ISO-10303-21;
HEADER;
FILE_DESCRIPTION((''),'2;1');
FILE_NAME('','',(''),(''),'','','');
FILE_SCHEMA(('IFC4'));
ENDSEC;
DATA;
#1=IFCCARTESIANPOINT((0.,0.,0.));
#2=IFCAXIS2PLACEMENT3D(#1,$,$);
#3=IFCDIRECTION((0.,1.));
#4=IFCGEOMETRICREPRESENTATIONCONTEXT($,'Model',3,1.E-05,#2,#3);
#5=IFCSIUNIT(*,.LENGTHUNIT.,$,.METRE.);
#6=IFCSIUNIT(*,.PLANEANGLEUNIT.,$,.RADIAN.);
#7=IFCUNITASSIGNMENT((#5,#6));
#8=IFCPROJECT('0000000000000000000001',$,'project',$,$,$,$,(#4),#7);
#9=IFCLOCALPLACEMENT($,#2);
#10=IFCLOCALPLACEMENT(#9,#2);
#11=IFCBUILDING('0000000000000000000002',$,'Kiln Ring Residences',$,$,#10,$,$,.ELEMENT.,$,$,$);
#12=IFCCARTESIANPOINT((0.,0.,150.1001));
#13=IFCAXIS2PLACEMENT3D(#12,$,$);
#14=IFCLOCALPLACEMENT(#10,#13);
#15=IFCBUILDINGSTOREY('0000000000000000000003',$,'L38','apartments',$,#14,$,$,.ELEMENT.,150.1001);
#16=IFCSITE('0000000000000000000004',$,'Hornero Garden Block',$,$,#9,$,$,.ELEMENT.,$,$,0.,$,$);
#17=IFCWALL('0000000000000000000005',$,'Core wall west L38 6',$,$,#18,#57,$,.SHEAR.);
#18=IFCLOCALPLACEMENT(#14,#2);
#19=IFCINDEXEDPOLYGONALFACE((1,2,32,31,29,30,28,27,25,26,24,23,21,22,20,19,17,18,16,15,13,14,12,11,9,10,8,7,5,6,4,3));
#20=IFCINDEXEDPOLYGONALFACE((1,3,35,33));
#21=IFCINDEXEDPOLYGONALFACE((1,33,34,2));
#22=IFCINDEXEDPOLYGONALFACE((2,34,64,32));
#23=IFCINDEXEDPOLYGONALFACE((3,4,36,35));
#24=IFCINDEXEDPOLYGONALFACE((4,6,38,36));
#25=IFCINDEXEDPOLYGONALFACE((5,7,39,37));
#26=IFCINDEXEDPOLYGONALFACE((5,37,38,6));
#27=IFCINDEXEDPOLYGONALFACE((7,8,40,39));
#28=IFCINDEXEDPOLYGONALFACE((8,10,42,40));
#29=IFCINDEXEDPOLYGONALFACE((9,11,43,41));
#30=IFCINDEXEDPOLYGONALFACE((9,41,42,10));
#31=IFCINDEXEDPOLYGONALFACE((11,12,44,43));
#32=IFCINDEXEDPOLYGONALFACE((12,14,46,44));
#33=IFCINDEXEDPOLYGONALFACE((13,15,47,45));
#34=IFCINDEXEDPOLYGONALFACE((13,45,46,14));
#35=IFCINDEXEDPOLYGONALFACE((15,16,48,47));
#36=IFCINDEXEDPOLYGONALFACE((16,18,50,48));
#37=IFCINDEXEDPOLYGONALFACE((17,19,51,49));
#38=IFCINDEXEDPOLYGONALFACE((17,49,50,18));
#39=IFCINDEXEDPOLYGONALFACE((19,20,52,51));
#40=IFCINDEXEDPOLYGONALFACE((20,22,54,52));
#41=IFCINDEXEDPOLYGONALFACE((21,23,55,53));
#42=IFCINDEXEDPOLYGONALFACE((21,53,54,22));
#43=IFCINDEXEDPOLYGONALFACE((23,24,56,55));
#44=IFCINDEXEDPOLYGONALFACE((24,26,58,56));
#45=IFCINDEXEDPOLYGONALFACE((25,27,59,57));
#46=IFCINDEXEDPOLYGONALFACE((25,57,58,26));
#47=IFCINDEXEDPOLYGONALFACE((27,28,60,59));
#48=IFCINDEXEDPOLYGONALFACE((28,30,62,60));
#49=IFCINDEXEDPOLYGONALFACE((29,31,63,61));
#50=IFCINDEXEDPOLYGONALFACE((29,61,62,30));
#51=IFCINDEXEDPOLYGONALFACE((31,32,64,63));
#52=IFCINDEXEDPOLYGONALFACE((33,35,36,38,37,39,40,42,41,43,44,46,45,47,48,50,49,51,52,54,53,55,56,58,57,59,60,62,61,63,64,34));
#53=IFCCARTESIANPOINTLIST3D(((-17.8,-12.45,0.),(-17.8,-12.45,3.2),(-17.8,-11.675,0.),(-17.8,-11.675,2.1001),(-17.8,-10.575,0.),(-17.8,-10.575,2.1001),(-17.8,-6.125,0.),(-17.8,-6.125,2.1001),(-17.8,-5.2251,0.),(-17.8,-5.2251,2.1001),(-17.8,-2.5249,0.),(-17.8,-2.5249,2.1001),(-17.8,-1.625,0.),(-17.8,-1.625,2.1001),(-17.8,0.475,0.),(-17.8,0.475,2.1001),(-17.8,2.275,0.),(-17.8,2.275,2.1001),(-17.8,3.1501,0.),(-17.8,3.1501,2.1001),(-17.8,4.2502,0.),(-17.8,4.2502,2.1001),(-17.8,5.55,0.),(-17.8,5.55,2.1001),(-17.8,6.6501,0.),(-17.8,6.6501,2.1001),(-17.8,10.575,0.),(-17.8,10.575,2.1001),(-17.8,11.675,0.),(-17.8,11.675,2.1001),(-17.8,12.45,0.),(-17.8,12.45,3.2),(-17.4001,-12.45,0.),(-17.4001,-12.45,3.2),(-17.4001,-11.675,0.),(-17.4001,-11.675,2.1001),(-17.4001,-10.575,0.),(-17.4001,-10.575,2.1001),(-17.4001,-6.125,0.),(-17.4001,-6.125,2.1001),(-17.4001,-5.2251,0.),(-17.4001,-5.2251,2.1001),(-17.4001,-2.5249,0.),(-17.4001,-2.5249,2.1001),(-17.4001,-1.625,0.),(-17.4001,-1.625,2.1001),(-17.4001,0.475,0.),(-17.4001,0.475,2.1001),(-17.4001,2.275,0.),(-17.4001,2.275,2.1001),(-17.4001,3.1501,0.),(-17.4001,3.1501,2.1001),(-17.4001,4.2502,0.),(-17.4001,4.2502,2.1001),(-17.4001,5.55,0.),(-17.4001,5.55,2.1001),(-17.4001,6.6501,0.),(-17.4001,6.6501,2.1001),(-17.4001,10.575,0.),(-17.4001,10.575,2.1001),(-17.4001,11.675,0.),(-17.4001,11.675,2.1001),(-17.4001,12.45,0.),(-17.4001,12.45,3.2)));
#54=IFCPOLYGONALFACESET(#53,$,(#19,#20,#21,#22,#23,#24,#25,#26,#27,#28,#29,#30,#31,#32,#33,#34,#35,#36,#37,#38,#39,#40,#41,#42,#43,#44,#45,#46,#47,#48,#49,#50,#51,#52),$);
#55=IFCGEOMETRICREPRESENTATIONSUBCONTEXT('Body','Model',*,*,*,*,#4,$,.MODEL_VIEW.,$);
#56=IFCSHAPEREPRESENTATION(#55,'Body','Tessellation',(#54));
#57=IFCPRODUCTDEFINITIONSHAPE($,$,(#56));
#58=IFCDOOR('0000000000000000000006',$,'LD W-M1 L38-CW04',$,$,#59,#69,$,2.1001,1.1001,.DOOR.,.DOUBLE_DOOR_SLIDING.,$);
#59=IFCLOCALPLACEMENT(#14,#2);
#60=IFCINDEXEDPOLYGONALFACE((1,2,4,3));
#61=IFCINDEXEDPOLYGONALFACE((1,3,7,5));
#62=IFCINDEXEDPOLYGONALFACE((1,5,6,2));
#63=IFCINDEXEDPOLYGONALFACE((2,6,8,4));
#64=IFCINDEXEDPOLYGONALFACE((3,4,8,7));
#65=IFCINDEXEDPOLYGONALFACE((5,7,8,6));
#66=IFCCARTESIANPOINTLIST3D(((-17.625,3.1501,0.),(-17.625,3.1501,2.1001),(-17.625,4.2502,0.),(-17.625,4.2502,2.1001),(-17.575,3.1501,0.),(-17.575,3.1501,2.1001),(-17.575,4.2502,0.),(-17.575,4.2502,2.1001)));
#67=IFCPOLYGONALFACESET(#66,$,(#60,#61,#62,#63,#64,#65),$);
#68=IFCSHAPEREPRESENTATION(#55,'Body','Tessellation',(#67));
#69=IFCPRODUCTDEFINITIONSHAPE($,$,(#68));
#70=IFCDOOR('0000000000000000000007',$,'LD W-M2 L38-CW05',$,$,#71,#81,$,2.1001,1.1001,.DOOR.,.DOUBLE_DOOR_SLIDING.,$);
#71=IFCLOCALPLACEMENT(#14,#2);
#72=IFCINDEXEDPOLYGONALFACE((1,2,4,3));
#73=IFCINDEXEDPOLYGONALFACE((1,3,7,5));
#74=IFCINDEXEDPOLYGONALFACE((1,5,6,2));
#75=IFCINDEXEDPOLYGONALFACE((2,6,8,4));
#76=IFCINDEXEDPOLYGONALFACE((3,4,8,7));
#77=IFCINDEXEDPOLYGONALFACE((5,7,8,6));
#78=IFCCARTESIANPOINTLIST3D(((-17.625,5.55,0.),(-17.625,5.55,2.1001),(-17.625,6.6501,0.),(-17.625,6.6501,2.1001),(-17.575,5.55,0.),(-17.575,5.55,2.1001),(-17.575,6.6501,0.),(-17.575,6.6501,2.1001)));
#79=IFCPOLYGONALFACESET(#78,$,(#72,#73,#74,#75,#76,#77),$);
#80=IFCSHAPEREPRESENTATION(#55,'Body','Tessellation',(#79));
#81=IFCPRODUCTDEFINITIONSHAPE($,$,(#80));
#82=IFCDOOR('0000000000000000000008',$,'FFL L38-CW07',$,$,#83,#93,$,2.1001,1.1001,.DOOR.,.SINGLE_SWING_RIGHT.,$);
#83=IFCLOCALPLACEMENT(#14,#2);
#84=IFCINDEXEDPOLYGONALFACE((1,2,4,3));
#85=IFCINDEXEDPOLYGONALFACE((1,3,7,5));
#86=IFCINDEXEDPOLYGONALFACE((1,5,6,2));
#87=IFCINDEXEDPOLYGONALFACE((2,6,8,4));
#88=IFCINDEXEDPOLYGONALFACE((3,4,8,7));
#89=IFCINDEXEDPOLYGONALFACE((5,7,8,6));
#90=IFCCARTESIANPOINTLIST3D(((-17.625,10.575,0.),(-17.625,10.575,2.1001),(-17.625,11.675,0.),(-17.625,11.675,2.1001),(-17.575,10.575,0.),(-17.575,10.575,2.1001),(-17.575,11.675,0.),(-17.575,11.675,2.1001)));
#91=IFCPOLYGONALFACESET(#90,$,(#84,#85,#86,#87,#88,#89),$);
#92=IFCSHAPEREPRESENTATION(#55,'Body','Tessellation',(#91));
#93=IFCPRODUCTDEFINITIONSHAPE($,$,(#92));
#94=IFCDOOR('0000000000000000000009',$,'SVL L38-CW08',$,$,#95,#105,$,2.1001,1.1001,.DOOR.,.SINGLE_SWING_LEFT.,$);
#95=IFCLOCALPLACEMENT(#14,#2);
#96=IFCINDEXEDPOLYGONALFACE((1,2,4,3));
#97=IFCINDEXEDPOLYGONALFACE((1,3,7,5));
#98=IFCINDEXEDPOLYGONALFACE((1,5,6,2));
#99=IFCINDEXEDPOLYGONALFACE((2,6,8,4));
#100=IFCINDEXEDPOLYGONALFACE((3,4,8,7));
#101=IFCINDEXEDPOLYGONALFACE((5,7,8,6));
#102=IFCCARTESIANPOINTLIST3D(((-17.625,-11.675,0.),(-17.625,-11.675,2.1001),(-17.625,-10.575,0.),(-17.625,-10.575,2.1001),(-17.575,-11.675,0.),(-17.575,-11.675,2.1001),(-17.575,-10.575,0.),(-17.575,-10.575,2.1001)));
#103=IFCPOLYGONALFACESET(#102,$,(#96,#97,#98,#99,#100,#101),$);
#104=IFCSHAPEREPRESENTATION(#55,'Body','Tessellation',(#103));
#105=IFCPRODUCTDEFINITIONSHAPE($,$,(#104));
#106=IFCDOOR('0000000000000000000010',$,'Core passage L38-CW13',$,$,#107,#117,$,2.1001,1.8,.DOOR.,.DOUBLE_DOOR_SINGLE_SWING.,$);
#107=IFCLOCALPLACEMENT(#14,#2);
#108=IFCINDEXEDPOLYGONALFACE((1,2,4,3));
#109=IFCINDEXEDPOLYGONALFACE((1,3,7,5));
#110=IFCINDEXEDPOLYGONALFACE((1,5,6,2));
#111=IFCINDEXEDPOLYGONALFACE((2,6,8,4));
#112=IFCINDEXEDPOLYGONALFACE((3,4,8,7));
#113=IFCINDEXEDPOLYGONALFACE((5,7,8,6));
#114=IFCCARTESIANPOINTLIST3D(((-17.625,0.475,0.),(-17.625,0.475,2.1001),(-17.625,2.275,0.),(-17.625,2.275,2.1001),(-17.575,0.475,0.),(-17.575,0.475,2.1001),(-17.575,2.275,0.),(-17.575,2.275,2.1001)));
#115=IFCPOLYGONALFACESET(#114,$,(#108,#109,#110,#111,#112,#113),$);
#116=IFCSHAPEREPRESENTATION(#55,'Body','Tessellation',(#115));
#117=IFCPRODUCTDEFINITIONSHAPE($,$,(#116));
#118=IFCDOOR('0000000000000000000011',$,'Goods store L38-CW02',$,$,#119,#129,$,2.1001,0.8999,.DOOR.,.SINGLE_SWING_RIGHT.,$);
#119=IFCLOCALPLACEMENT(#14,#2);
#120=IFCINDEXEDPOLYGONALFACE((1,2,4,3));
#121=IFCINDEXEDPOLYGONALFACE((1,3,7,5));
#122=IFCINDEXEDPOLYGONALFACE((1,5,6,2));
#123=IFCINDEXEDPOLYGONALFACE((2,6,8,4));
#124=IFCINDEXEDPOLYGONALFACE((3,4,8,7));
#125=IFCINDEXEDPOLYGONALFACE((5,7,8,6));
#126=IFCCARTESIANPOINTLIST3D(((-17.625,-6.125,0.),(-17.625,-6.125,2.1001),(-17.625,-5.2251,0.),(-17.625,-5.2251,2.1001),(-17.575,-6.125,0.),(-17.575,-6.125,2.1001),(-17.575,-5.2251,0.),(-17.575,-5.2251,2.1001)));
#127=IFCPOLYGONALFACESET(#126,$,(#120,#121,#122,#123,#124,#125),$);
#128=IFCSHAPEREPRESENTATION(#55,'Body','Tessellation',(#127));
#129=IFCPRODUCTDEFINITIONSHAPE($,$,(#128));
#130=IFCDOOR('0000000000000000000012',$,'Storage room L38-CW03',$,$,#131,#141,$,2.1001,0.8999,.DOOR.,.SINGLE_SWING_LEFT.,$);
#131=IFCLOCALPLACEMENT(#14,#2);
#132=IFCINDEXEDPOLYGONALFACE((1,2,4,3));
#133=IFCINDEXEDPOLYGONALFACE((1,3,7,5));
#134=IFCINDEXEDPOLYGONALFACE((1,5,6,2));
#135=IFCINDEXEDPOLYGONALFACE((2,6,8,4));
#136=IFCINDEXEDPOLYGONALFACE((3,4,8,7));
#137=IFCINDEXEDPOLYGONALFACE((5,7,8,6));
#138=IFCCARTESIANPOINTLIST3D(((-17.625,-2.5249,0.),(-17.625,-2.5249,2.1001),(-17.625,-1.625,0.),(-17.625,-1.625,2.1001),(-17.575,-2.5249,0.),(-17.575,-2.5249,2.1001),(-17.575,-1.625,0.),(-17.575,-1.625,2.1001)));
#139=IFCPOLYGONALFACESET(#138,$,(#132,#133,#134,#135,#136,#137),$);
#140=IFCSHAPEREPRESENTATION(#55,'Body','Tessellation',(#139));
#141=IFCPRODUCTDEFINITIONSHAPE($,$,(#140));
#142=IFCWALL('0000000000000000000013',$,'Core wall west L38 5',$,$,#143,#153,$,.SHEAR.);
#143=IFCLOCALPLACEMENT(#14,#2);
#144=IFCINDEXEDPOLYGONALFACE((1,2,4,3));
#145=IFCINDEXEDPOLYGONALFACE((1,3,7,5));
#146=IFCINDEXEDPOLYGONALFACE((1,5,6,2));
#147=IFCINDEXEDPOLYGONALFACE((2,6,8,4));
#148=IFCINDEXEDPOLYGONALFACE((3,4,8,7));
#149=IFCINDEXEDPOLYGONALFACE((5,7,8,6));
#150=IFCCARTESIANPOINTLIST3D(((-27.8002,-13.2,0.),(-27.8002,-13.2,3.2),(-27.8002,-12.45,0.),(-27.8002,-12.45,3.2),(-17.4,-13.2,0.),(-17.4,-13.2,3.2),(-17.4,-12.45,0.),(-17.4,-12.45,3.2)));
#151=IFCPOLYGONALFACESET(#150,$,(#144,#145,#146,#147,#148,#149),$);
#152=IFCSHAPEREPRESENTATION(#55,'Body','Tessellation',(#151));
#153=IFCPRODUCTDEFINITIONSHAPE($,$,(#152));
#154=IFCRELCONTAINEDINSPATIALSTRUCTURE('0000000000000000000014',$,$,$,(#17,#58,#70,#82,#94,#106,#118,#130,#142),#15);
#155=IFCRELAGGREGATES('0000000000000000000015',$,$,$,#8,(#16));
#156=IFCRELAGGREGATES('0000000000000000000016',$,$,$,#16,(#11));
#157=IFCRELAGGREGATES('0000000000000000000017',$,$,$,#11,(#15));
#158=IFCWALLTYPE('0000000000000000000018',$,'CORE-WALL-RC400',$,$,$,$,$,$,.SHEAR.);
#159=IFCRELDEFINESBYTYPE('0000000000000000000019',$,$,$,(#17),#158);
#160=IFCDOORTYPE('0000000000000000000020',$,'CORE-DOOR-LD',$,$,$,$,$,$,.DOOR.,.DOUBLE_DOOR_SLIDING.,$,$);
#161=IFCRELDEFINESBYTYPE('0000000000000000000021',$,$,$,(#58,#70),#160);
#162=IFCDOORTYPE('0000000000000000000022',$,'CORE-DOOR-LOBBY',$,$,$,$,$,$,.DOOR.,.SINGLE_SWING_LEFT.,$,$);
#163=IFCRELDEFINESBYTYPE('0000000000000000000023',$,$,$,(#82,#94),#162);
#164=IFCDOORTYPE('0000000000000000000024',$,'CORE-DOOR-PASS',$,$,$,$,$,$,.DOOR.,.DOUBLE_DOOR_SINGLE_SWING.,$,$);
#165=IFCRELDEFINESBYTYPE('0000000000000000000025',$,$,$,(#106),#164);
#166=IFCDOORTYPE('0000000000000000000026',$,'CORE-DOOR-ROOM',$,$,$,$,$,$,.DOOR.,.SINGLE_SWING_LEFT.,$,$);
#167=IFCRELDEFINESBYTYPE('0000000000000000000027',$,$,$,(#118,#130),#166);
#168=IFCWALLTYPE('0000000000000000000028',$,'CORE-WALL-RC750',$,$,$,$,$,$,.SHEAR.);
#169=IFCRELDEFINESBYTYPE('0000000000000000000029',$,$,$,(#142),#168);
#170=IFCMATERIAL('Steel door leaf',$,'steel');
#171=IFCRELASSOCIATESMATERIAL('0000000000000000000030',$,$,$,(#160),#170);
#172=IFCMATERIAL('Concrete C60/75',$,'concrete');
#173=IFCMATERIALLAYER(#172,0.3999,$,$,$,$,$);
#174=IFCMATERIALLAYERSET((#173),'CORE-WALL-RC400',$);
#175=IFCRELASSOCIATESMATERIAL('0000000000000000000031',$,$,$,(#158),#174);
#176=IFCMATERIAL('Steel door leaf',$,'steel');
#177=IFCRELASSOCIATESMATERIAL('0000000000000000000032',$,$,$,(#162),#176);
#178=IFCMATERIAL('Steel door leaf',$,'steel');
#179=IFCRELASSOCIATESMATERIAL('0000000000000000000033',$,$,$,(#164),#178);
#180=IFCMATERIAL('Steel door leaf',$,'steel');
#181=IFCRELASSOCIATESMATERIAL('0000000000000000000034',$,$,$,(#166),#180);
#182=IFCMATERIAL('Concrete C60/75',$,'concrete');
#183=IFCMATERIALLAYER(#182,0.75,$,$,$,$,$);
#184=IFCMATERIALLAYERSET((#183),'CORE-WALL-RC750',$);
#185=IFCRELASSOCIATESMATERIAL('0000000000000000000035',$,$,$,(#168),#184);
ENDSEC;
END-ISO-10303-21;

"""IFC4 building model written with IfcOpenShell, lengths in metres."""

from ifc_helpers import new_model, si_unit, direction, frame, frame_2d, origin, place, context, subcontext, project, spatial, rectangle, extrude, material, layer, layer_set, type_object, element, fill, save


model = new_model("IFC4")

# Units and contexts
model_context = context("Model", 3, precision=1e-05, world=origin(), true_north=direction((0.0, 1.0)))
body_context = subcontext(model_context, "Body", "Model", "MODEL_VIEW")
ifc_project = project(units=[si_unit("LENGTHUNIT", "METRE"), si_unit("PLANEANGLEUNIT", "RADIAN")], contexts=[model_context])

# Site, building, storey
site_placement = place(None, origin())
site = spatial("IfcSite", under=ifc_project, at=site_placement, Name="Hornero Garden Block", CompositionType="ELEMENT", RefElevation=0.0)
building_placement = place(site_placement, origin())
building = spatial("IfcBuilding", under=site, at=building_placement, Name="Kiln Ring Residences", CompositionType="ELEMENT")
storey_placement = place(building_placement, frame((0.0, 0.0, 150.1001)))
storey = spatial("IfcBuildingStorey", under=building, at=storey_placement, Name="L38", Description="apartments", CompositionType="ELEMENT", Elevation=150.1001)

# Wall, openings, doors
ifc_material_1 = material(Name="Steel door leaf", Category="steel")
door_type_1 = type_object("IfcDoorType", Name="CORE-DOOR-LD", OperationType="DOUBLE_DOOR_SLIDING", PredefinedType="DOOR", material=ifc_material_1)
ifc_material_2 = material(Name="Concrete C60/75", Category="concrete")
ifc_layer_1 = layer(ifc_material_2, 0.3999)
ifc_layer_set_1 = layer_set([ifc_layer_1], Name="CORE-WALL-RC400")
wall_type_1 = type_object("IfcWallType", Name="CORE-WALL-RC400", PredefinedType="SHEAR", material=ifc_layer_set_1)
wall_1_placement = place(storey_placement, frame((-17.6001, -12.45, 0.0), z_axis=(0.0, 0.0, 1.0), x_axis=(0.0, 1.0, 0.0)))
wall_1 = element("IfcWall", 1, at=wall_1_placement, inside=storey, type_object=wall_type_1, Name="Core wall west L38 6", PredefinedType="SHEAR", context=body_context, shape_type="SweptSolid", body=[
    extrude(rectangle(XDim=24.8999, YDim=0.3999, at=frame_2d((12.45, 0.0))), origin(), (0.0, 0.0, 1.0), 3.2),
])
opening_1_placement = place(wall_1_placement, frame((6.325, 0.0, 0.0)))
opening_1 = element("IfcOpeningElement", 2, at=opening_1_placement, cuts=wall_1, PredefinedType="OPENING", context=body_context, shape_type="SweptSolid", body=[
    extrude(rectangle(XDim=0.8999, YDim=2.1001, at=frame_2d((0.45, 1.05))), frame((0.0, 0.21, 0.0), z_axis=(0.0, -1.0, 0.0), x_axis=(1.0, 0.0, 0.0)), (0.0, 0.0, 1.0), 0.4199),
])
opening_2_placement = place(wall_1_placement, frame((9.925, 0.0, 0.0)))
opening_2 = element("IfcOpeningElement", 3, at=opening_2_placement, cuts=wall_1, PredefinedType="OPENING", context=body_context, shape_type="SweptSolid", body=[
    extrude(rectangle(XDim=0.8999, YDim=2.1001, at=frame_2d((0.45, 1.05))), frame((0.0, 0.21, 0.0), z_axis=(0.0, -1.0, 0.0), x_axis=(1.0, 0.0, 0.0)), (0.0, 0.0, 1.0), 0.4199),
])
opening_3_placement = place(wall_1_placement, frame((15.6001, 0.0, 0.0)))
opening_3 = element("IfcOpeningElement", 4, at=opening_3_placement, cuts=wall_1, PredefinedType="OPENING", context=body_context, shape_type="SweptSolid", body=[
    extrude(rectangle(XDim=1.1001, YDim=2.1001, at=frame_2d((0.55, 1.05))), frame((0.0, 0.21, 0.0), z_axis=(0.0, -1.0, 0.0), x_axis=(1.0, 0.0, 0.0)), (0.0, 0.0, 1.0), 0.4199),
])
opening_4_placement = place(wall_1_placement, frame((18.0, 0.0, 0.0)))
opening_4 = element("IfcOpeningElement", 5, at=opening_4_placement, cuts=wall_1, PredefinedType="OPENING", context=body_context, shape_type="SweptSolid", body=[
    extrude(rectangle(XDim=1.1001, YDim=2.1001, at=frame_2d((0.55, 1.05))), frame((0.0, 0.21, 0.0), z_axis=(0.0, -1.0, 0.0), x_axis=(1.0, 0.0, 0.0)), (0.0, 0.0, 1.0), 0.4199),
])
opening_5_placement = place(wall_1_placement, frame((23.0249, 0.0, 0.0)))
opening_5 = element("IfcOpeningElement", 6, at=opening_5_placement, cuts=wall_1, PredefinedType="OPENING", context=body_context, shape_type="SweptSolid", body=[
    extrude(rectangle(XDim=1.1001, YDim=2.1001, at=frame_2d((0.55, 1.05))), frame((0.0, 0.21, 0.0), z_axis=(0.0, -1.0, 0.0), x_axis=(1.0, 0.0, 0.0)), (0.0, 0.0, 1.0), 0.4199),
])
opening_6_placement = place(wall_1_placement, frame((0.7749, 0.0, 0.0)))
opening_6 = element("IfcOpeningElement", 7, at=opening_6_placement, cuts=wall_1, PredefinedType="OPENING", context=body_context, shape_type="SweptSolid", body=[
    extrude(rectangle(XDim=1.1001, YDim=2.1001, at=frame_2d((0.55, 1.05))), frame((0.0, 0.21, 0.0), z_axis=(0.0, -1.0, 0.0), x_axis=(1.0, 0.0, 0.0)), (0.0, 0.0, 1.0), 0.4199),
])
opening_7_placement = place(wall_1_placement, frame((12.925, 0.0, 0.0)))
opening_7 = element("IfcOpeningElement", 8, at=opening_7_placement, cuts=wall_1, PredefinedType="OPENING", context=body_context, shape_type="SweptSolid", body=[
    extrude(rectangle(XDim=1.8, YDim=2.1001, at=frame_2d((0.8999, 1.05))), frame((0.0, 0.21, 0.0), z_axis=(0.0, -1.0, 0.0), x_axis=(1.0, 0.0, 0.0)), (0.0, 0.0, 1.0), 0.4199),
])
door_1_placement = place(opening_3_placement, origin())
door_1 = element("IfcDoor", 9, at=door_1_placement, inside=storey, type_object=door_type_1, Name="LD W-M1 L38-CW04", OperationType="DOUBLE_DOOR_SLIDING", OverallHeight=2.1001, OverallWidth=1.1001, PredefinedType="DOOR", context=body_context, shape_type="SweptSolid", body=[
    extrude(rectangle(XDim=1.1001, YDim=2.1001, at=frame_2d((0.55, 1.05))), frame((0.0, 0.0249, 0.0), z_axis=(0.0, -1.0, 0.0), x_axis=(1.0, 0.0, 0.0)), (0.0, 0.0, 1.0), 0.05),
])
fill(opening_3, door_1)
door_2_placement = place(opening_4_placement, origin())
door_2 = element("IfcDoor", 10, at=door_2_placement, inside=storey, type_object=door_type_1, Name="LD W-M2 L38-CW05", OperationType="DOUBLE_DOOR_SLIDING", OverallHeight=2.1001, OverallWidth=1.1001, PredefinedType="DOOR", context=body_context, shape_type="SweptSolid", body=[
    extrude(rectangle(XDim=1.1001, YDim=2.1001, at=frame_2d((0.55, 1.05))), frame((0.0, 0.0249, 0.0), z_axis=(0.0, -1.0, 0.0), x_axis=(1.0, 0.0, 0.0)), (0.0, 0.0, 1.0), 0.05),
])
fill(opening_4, door_2)
ifc_material_3 = material(Name="Steel door leaf", Category="steel")
door_type_2 = type_object("IfcDoorType", Name="CORE-DOOR-LOBBY", OperationType="SINGLE_SWING_LEFT", PredefinedType="DOOR", material=ifc_material_3)
door_3_placement = place(opening_5_placement, origin())
door_3 = element("IfcDoor", 11, at=door_3_placement, inside=storey, type_object=door_type_2, Name="FFL L38-CW07", OperationType="SINGLE_SWING_RIGHT", OverallHeight=2.1001, OverallWidth=1.1001, PredefinedType="DOOR", context=body_context, shape_type="SweptSolid", body=[
    extrude(rectangle(XDim=1.1001, YDim=2.1001, at=frame_2d((0.55, 1.05))), frame((0.0, 0.0249, 0.0), z_axis=(0.0, -1.0, 0.0), x_axis=(1.0, 0.0, 0.0)), (0.0, 0.0, 1.0), 0.05),
])
fill(opening_5, door_3)
door_4_placement = place(opening_6_placement, origin())
door_4 = element("IfcDoor", 12, at=door_4_placement, inside=storey, type_object=door_type_2, Name="SVL L38-CW08", OperationType="SINGLE_SWING_LEFT", OverallHeight=2.1001, OverallWidth=1.1001, PredefinedType="DOOR", context=body_context, shape_type="SweptSolid", body=[
    extrude(rectangle(XDim=1.1001, YDim=2.1001, at=frame_2d((0.55, 1.05))), frame((0.0, 0.0249, 0.0), z_axis=(0.0, -1.0, 0.0), x_axis=(1.0, 0.0, 0.0)), (0.0, 0.0, 1.0), 0.05),
])
fill(opening_6, door_4)
ifc_material_4 = material(Name="Steel door leaf", Category="steel")
door_type_3 = type_object("IfcDoorType", Name="CORE-DOOR-PASS", OperationType="DOUBLE_DOOR_SINGLE_SWING", PredefinedType="DOOR", material=ifc_material_4)
door_5_placement = place(opening_7_placement, origin())
door_5 = element("IfcDoor", 13, at=door_5_placement, inside=storey, type_object=door_type_3, Name="Core passage L38-CW13", OperationType="DOUBLE_DOOR_SINGLE_SWING", OverallHeight=2.1001, OverallWidth=1.8, PredefinedType="DOOR", context=body_context, shape_type="SweptSolid", body=[
    extrude(rectangle(XDim=1.8, YDim=2.1001, at=frame_2d((0.8999, 1.05))), frame((0.0, 0.0249, 0.0), z_axis=(0.0, -1.0, 0.0), x_axis=(1.0, 0.0, 0.0)), (0.0, 0.0, 1.0), 0.05),
])
fill(opening_7, door_5)
ifc_material_5 = material(Name="Steel door leaf", Category="steel")
door_type_4 = type_object("IfcDoorType", Name="CORE-DOOR-ROOM", OperationType="SINGLE_SWING_LEFT", PredefinedType="DOOR", material=ifc_material_5)
door_6_placement = place(opening_1_placement, origin())
door_6 = element("IfcDoor", 14, at=door_6_placement, inside=storey, type_object=door_type_4, Name="Goods store L38-CW02", OperationType="SINGLE_SWING_RIGHT", OverallHeight=2.1001, OverallWidth=0.8999, PredefinedType="DOOR", context=body_context, shape_type="SweptSolid", body=[
    extrude(rectangle(XDim=0.8999, YDim=2.1001, at=frame_2d((0.45, 1.05))), frame((0.0, 0.0249, 0.0), z_axis=(0.0, -1.0, 0.0), x_axis=(1.0, 0.0, 0.0)), (0.0, 0.0, 1.0), 0.05),
])
fill(opening_1, door_6)
door_7_placement = place(opening_2_placement, origin())
door_7 = element("IfcDoor", 15, at=door_7_placement, inside=storey, type_object=door_type_4, Name="Storage room L38-CW03", OperationType="SINGLE_SWING_LEFT", OverallHeight=2.1001, OverallWidth=0.8999, PredefinedType="DOOR", context=body_context, shape_type="SweptSolid", body=[
    extrude(rectangle(XDim=0.8999, YDim=2.1001, at=frame_2d((0.45, 1.05))), frame((0.0, 0.0249, 0.0), z_axis=(0.0, -1.0, 0.0), x_axis=(1.0, 0.0, 0.0)), (0.0, 0.0, 1.0), 0.05),
])
fill(opening_2, door_7)

# Wall
ifc_material_6 = material(Name="Concrete C60/75", Category="concrete")
ifc_layer_2 = layer(ifc_material_6, 0.75)
ifc_layer_set_2 = layer_set([ifc_layer_2], Name="CORE-WALL-RC750")
wall_type_2 = type_object("IfcWallType", Name="CORE-WALL-RC750", PredefinedType="SHEAR", material=ifc_layer_set_2)
wall_2_placement = place(storey_placement, frame((-17.3999, -12.825, 0.0), z_axis=(0.0, 0.0, 1.0), x_axis=(-1.0, 0.0, 0.0)))
element("IfcWall", 16, at=wall_2_placement, inside=storey, type_object=wall_type_2, Name="Core wall west L38 5", PredefinedType="SHEAR", context=body_context, shape_type="SweptSolid", body=[
    extrude(rectangle(XDim=10.4001, YDim=0.75, at=frame_2d((5.2002, 0.0))), origin(), (0.0, 0.0, 1.0), 3.2),
])

save(model, "model.ifc")
